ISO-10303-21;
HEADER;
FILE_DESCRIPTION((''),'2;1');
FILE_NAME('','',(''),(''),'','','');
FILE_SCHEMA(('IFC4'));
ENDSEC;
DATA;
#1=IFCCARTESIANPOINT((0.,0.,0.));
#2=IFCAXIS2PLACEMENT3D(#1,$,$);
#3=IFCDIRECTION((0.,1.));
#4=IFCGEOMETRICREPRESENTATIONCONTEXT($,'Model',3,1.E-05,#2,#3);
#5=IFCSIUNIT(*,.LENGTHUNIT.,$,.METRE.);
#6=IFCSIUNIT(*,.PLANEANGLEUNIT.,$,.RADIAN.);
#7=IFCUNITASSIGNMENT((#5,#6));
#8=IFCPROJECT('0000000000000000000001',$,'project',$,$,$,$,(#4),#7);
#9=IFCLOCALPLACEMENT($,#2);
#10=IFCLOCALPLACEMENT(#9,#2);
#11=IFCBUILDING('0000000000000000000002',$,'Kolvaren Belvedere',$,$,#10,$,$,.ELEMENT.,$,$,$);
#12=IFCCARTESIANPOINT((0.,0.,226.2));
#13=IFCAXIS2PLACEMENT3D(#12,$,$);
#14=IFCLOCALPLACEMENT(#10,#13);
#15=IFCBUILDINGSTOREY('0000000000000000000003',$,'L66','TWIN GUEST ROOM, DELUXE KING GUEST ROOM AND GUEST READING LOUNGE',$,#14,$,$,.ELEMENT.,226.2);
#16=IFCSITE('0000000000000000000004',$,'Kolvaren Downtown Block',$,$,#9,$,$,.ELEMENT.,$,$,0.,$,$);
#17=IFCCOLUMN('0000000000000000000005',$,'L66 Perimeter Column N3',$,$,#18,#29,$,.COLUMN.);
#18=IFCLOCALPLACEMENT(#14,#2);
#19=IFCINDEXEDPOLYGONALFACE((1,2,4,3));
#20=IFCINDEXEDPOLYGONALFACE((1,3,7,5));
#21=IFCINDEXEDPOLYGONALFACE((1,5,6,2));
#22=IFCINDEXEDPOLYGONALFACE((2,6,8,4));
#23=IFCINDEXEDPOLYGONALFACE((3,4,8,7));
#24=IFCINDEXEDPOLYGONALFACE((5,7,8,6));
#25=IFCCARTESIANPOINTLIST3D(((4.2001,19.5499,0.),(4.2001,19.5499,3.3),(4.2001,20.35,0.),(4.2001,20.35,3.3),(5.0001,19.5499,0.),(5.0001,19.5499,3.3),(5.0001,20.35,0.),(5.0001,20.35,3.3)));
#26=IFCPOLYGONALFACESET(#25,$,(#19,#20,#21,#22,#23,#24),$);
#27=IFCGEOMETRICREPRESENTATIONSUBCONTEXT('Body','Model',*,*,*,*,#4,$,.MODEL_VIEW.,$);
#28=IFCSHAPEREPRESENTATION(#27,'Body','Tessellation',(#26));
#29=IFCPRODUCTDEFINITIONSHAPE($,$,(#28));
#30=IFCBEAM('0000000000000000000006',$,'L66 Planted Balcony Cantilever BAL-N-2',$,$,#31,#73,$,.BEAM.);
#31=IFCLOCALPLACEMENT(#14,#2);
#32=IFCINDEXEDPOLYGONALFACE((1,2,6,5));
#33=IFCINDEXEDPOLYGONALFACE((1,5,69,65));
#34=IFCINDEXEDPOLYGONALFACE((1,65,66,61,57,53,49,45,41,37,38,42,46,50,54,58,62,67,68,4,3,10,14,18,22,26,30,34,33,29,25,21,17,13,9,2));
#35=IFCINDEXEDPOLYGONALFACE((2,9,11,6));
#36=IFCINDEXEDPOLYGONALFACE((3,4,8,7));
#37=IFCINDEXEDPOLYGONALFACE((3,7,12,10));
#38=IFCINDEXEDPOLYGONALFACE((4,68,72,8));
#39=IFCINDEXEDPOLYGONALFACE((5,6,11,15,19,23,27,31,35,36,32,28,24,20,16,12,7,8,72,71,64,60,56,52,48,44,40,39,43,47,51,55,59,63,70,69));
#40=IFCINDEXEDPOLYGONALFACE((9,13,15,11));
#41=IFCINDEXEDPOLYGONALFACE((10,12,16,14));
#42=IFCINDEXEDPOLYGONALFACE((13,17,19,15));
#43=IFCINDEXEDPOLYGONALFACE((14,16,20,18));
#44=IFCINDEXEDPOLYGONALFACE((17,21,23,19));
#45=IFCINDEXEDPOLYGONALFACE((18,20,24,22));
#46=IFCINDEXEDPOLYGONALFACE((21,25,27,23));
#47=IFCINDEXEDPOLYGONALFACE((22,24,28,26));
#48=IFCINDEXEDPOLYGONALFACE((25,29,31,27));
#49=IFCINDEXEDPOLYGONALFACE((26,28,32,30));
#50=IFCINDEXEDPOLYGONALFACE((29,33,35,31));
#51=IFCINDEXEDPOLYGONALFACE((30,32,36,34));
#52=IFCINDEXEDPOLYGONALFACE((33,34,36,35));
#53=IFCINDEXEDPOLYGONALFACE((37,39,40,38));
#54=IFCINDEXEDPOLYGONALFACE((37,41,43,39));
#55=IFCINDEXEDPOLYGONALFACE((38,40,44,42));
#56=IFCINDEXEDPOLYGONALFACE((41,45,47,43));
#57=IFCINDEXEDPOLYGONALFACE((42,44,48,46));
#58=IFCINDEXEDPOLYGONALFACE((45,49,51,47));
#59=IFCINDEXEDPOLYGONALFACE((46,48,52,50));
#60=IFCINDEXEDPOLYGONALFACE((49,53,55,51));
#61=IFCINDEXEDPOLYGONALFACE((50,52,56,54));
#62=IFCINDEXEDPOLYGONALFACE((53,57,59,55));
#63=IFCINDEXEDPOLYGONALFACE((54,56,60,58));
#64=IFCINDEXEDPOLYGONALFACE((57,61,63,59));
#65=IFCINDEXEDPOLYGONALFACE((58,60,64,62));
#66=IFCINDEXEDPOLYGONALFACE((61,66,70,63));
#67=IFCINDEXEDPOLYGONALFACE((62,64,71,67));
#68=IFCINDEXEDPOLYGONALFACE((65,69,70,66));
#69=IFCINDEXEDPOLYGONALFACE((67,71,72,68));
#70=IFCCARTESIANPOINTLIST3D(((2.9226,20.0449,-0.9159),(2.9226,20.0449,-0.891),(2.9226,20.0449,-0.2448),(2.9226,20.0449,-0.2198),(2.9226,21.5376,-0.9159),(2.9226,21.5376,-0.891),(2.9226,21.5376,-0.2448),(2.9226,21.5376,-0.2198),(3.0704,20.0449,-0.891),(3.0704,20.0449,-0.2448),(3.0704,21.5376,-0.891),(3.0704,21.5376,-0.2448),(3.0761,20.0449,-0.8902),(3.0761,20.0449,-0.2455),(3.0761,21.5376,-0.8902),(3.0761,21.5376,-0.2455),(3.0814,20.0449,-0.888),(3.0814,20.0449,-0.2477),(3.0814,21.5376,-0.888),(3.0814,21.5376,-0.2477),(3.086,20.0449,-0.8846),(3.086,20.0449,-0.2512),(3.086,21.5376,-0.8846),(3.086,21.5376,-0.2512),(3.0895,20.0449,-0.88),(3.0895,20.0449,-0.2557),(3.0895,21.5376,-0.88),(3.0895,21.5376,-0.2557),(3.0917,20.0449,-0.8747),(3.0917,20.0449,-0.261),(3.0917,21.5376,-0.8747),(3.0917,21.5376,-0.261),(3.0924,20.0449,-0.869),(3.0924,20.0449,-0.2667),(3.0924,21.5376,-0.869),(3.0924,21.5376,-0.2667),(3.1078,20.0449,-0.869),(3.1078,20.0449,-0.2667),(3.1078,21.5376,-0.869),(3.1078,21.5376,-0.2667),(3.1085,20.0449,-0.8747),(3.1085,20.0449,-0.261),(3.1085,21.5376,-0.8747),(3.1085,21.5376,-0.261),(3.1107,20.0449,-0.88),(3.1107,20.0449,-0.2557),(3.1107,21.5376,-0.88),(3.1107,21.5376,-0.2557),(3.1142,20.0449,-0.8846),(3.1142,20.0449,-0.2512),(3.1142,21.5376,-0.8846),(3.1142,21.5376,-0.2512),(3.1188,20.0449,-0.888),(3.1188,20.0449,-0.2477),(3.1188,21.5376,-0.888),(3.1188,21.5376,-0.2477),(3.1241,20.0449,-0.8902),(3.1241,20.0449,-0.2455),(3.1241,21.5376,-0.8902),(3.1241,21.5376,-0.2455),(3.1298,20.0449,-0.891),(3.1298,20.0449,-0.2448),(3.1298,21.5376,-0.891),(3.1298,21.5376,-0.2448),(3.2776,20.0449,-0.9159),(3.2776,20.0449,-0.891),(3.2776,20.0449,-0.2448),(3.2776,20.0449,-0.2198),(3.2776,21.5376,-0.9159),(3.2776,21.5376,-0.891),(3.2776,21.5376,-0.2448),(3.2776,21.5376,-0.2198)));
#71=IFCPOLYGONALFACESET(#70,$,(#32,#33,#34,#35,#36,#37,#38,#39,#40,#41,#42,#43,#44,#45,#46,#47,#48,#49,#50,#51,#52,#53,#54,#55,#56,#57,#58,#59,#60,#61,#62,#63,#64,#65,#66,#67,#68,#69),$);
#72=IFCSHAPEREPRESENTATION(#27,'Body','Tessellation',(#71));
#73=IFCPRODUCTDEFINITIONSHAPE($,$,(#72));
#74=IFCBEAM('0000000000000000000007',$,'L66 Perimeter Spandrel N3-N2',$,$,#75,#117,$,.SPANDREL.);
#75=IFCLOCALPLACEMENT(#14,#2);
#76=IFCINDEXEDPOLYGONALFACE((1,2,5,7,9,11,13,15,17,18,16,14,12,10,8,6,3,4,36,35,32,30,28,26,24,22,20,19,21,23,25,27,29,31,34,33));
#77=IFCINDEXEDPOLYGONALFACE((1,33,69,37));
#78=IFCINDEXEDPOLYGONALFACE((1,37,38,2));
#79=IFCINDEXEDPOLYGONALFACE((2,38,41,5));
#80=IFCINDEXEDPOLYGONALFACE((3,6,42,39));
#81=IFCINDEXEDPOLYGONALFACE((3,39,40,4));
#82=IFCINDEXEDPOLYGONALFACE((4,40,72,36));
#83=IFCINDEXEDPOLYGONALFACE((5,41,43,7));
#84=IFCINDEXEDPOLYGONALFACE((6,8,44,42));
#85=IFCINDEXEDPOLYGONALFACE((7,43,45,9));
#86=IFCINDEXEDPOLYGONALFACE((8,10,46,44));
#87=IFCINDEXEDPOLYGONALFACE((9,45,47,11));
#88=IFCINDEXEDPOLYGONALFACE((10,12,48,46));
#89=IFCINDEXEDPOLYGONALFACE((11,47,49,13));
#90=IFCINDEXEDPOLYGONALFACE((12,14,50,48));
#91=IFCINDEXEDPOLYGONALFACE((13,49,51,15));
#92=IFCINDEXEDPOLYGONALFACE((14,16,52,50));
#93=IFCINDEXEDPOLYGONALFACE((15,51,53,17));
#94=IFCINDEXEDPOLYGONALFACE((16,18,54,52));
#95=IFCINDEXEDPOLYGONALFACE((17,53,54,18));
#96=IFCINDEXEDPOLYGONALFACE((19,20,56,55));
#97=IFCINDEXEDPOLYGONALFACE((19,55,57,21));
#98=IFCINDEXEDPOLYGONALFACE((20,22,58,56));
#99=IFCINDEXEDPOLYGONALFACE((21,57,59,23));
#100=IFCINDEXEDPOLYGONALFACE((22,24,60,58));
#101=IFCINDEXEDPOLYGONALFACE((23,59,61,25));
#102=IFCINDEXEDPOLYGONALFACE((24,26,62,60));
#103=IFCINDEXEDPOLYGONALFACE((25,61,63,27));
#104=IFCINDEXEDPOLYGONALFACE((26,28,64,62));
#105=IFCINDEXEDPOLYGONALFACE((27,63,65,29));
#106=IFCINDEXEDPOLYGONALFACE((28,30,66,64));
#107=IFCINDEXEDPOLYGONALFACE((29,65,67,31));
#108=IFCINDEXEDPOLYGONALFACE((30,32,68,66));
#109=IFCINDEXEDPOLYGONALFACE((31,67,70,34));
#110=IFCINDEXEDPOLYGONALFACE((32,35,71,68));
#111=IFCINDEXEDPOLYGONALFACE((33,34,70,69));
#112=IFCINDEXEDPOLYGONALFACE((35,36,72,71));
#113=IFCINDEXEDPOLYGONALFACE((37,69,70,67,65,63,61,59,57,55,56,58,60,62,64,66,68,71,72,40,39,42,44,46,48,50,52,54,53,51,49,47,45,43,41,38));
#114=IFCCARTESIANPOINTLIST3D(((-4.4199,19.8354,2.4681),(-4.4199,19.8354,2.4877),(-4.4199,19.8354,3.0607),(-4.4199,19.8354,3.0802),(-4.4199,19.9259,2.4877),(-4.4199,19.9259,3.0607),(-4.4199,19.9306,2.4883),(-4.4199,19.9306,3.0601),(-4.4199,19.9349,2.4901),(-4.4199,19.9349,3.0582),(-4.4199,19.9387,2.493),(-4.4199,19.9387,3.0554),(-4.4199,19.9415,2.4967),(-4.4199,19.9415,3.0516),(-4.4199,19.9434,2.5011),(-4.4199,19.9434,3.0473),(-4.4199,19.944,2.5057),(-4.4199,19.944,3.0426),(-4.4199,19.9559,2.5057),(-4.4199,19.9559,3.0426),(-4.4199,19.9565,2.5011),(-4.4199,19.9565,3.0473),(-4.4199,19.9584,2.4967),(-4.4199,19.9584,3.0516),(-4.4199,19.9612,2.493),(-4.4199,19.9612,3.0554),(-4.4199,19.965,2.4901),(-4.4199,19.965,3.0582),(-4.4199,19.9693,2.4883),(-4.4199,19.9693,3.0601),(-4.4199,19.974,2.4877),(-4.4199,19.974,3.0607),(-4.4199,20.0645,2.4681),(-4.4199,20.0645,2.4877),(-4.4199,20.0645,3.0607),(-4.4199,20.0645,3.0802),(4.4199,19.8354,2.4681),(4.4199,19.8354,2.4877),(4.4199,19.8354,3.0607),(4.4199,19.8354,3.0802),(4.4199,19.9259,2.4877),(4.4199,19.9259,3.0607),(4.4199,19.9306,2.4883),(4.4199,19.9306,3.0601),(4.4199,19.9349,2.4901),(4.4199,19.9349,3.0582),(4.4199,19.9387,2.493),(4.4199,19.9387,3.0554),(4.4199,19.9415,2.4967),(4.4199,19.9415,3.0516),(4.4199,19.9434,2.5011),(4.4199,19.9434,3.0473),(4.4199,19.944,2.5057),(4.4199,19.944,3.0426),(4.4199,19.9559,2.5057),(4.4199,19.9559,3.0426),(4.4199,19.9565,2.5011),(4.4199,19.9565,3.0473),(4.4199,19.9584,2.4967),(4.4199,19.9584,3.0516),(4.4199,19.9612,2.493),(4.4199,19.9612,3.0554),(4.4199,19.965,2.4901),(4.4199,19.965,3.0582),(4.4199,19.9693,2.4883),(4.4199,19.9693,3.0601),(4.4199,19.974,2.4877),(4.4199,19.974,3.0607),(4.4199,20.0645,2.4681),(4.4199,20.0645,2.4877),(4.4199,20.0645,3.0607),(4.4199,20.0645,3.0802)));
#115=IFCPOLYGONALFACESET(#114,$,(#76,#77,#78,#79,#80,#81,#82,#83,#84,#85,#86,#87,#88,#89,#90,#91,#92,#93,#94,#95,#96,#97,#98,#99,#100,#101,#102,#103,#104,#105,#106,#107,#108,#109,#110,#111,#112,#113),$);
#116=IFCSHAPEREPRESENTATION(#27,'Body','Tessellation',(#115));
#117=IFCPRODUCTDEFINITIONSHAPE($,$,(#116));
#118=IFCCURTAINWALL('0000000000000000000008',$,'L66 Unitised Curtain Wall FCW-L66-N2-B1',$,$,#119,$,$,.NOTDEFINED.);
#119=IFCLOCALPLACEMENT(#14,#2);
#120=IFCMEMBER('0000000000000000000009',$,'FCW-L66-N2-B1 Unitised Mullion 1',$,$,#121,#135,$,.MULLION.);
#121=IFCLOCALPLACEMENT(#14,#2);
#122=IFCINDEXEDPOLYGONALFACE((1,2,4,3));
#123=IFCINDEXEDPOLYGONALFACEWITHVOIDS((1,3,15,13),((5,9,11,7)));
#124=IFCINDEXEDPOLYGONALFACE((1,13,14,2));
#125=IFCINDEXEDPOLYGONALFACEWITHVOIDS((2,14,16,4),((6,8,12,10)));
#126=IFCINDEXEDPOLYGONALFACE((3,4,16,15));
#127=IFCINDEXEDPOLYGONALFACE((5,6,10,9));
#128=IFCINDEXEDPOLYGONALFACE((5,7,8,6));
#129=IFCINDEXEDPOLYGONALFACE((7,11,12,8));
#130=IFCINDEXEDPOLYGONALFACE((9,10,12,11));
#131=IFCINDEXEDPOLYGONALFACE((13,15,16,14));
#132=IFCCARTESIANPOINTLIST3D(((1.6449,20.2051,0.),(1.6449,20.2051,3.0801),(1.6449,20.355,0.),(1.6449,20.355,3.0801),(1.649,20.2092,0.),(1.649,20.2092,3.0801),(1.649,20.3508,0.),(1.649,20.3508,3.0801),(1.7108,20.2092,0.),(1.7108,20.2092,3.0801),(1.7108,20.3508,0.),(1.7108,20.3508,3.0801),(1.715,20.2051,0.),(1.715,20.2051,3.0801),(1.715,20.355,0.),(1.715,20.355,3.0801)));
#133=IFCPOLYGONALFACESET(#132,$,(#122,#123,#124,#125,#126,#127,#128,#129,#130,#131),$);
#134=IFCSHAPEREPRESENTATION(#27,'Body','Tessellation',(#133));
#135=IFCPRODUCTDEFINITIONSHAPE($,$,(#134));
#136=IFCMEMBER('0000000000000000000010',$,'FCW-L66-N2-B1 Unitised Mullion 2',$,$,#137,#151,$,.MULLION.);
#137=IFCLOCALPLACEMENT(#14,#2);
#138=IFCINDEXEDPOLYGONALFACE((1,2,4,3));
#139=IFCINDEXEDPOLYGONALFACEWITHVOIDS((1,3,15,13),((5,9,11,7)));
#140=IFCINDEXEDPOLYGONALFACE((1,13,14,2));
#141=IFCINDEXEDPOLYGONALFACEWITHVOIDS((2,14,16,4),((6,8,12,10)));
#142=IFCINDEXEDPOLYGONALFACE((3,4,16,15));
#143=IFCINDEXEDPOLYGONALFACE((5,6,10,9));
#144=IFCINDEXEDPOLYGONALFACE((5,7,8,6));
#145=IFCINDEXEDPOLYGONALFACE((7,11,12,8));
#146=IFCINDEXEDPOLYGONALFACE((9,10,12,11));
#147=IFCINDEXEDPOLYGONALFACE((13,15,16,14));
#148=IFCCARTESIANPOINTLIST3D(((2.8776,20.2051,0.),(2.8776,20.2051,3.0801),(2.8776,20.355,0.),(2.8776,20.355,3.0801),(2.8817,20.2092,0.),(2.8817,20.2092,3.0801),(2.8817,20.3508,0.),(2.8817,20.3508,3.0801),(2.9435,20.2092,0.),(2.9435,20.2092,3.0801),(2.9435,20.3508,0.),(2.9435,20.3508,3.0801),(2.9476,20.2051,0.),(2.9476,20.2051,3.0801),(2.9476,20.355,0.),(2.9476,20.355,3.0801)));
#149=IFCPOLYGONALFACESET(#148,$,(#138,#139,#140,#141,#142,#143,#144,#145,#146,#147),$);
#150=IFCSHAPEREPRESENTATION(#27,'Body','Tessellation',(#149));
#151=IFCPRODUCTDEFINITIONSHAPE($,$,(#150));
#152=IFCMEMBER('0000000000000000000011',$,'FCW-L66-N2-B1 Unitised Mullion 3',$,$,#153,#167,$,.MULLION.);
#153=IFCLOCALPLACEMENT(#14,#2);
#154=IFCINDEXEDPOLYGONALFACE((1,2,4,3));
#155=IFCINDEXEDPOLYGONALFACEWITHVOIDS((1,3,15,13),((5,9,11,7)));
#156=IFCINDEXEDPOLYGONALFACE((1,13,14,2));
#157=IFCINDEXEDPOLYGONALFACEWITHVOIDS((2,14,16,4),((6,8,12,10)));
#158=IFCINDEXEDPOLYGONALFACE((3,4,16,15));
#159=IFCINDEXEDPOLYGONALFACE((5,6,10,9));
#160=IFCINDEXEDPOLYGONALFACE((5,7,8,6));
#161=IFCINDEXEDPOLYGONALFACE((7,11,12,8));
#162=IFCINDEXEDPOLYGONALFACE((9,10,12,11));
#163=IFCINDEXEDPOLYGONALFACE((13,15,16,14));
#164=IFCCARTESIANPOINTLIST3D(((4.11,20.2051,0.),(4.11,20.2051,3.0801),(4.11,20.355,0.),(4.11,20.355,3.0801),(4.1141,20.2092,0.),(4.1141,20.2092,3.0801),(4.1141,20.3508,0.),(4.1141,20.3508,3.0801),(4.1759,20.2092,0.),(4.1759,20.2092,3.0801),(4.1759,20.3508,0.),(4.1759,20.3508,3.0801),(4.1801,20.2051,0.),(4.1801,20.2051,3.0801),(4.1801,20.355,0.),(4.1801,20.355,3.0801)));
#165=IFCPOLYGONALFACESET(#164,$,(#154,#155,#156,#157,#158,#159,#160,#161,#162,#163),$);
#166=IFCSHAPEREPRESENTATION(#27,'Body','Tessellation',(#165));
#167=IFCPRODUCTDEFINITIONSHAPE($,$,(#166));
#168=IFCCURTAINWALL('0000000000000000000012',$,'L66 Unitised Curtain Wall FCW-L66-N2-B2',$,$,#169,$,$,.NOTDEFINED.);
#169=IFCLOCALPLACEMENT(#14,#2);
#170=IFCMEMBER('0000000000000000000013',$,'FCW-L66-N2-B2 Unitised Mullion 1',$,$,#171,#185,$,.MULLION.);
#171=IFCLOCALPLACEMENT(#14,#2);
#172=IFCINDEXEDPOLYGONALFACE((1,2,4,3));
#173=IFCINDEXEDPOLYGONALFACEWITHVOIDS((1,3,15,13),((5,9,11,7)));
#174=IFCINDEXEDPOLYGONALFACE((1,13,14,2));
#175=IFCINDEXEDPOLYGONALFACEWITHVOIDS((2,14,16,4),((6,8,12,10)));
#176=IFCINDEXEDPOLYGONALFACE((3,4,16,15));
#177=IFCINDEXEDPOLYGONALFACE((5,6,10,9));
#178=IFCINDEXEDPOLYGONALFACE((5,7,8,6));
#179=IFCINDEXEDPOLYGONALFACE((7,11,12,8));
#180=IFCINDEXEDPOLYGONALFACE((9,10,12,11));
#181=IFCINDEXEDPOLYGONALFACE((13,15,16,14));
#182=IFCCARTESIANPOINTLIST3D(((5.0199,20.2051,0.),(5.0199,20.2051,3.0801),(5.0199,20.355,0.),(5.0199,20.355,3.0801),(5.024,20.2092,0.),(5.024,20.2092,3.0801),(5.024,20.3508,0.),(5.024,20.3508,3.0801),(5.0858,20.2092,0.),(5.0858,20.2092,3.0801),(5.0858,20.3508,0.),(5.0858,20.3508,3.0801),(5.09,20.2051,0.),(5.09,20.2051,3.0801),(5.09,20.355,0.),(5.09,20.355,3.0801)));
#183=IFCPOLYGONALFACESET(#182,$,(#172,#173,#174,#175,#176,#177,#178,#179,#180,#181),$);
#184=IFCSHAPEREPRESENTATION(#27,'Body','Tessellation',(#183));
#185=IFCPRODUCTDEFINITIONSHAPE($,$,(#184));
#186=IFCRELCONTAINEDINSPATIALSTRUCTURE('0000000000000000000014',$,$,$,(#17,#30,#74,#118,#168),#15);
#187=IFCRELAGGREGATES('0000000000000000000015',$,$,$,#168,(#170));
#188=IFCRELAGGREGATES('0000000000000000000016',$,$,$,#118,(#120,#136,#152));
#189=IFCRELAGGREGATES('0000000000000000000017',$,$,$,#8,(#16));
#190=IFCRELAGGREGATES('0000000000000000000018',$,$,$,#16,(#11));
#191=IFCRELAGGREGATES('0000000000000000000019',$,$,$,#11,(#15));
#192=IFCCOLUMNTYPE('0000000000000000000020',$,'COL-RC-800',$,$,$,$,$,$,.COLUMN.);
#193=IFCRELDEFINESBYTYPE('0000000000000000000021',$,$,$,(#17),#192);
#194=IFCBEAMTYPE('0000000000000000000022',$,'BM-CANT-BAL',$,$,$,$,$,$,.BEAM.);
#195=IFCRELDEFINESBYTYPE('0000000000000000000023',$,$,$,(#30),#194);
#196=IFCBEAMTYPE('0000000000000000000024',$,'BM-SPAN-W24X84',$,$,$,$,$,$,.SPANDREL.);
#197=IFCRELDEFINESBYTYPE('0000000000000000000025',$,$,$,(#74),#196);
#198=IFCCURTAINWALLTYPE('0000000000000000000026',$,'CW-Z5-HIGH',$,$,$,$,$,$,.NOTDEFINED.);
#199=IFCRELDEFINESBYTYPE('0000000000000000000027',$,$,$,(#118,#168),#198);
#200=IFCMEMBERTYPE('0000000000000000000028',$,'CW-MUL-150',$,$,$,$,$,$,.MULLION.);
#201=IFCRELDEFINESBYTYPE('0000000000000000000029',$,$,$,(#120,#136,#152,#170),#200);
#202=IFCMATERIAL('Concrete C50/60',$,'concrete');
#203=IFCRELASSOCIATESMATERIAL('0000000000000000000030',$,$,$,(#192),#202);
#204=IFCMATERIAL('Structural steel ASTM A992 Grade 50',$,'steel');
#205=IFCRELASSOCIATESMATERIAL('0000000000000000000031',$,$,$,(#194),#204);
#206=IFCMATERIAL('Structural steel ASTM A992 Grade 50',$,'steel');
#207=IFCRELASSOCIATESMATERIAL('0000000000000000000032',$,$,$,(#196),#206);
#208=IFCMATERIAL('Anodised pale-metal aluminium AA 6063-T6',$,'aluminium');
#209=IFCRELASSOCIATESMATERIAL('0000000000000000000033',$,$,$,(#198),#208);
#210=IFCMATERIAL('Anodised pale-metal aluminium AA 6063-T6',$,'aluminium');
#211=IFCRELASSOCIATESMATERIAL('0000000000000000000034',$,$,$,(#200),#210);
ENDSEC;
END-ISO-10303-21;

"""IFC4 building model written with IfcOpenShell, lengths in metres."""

from ifc_helpers import new_model, si_unit, direction, frame, origin, origin_2d, place, context, subcontext, project, spatial, rectangle, hollow_rectangle, i_section, extrude, material, material_profile, profile_set, type_object, element, aggregate, save


model = new_model("IFC4")

# Units and contexts
model_context = context("Model", 3, precision=1e-05, world=origin(), true_north=direction((0.0, 1.0)))
body_context = subcontext(model_context, "Body", "Model", "MODEL_VIEW")
ifc_project = project(units=[si_unit("LENGTHUNIT", "METRE"), si_unit("PLANEANGLEUNIT", "RADIAN")], contexts=[model_context])

# Site, building, storey
site_placement = place(None, origin())
site = spatial("IfcSite", under=ifc_project, at=site_placement, Name="Kolvaren Downtown Block", CompositionType="ELEMENT", RefElevation=0.0)
building_placement = place(site_placement, origin())
building = spatial("IfcBuilding", under=site, at=building_placement, Name="Kolvaren Belvedere", CompositionType="ELEMENT")
storey_placement = place(building_placement, frame((0.0, 0.0, 226.2)))
storey = spatial("IfcBuildingStorey", under=building, at=storey_placement, Name="L66", Description="TWIN GUEST ROOM, DELUXE KING GUEST ROOM AND GUEST READING LOUNGE", CompositionType="ELEMENT", Elevation=226.2)

# Column
ifc_material_1 = material(Name="Concrete C50/60", Category="concrete")
ifc_material_profile_1 = material_profile(ifc_material_1, rectangle(XDim=0.8, YDim=0.8, at=origin_2d()), Name="RC 800X800")
ifc_profile_set_1 = profile_set([ifc_material_profile_1], Name="Concrete C50/60")
column_type = type_object("IfcColumnType", Name="COL-RC-800", PredefinedType="COLUMN", material=ifc_profile_set_1)
column_placement = place(storey_placement, frame((4.6001, 19.95, 0.0), z_axis=(0.0, 0.0, 1.0), x_axis=(1.0, 0.0, 0.0)))
element("IfcColumn", 1, at=column_placement, inside=storey, type_object=column_type, Name="L66 Perimeter Column N3", PredefinedType="COLUMN", context=body_context, shape_type="SweptSolid", body=[
    extrude(rectangle(XDim=0.8, YDim=0.8, at=origin_2d()), origin(), (0.0, 0.0, 1.0), 3.3),
])

# Beams
ifc_material_2 = material(Name="Structural steel ASTM A992 Grade 50", Category="steel")
ifc_material_profile_2 = material_profile(ifc_material_2, i_section(OverallWidth=0.355, OverallDepth=0.696, WebThickness=0.0154, FlangeThickness=0.0249, FilletRadius=0.022, at=origin_2d()), Name="W27X146")
ifc_profile_set_2 = profile_set([ifc_material_profile_2], Name="Structural steel ASTM A992 Grade 50")
beam_type_1 = type_object("IfcBeamType", Name="BM-CANT-BAL", PredefinedType="BEAM", material=ifc_profile_set_2)
beam_1_placement = place(storey_placement, frame((3.1001, 20.0449, -0.5679), z_axis=(0.0, 1.0, 0.0), x_axis=(-1.0, 0.0, 0.0)))
element("IfcBeam", 2, at=beam_1_placement, inside=storey, type_object=beam_type_1, Name="L66 Planted Balcony Cantilever BAL-N-2", PredefinedType="BEAM", context=body_context, shape_type="SweptSolid", body=[
    extrude(i_section(OverallWidth=0.355, OverallDepth=0.696, WebThickness=0.0154, FlangeThickness=0.0249, FilletRadius=0.022, at=origin_2d()), origin(), (0.0, 0.0, 1.0), 1.4927),
])
ifc_material_3 = material(Name="Structural steel ASTM A992 Grade 50", Category="steel")
ifc_material_profile_3 = material_profile(ifc_material_3, i_section(OverallWidth=0.229, OverallDepth=0.6121, WebThickness=0.012, FlangeThickness=0.0195, FilletRadius=0.0181, at=origin_2d()), Name="W24X84")
ifc_profile_set_3 = profile_set([ifc_material_profile_3], Name="Structural steel ASTM A992 Grade 50")
beam_type_2 = type_object("IfcBeamType", Name="BM-SPAN-W24X84", PredefinedType="SPANDREL", material=ifc_profile_set_3)
beam_2_placement = place(storey_placement, frame((4.4199, 19.95, 2.7742), z_axis=(-1.0, 0.0, 0.0), x_axis=(0.0, -1.0, 0.0)))
element("IfcBeam", 3, at=beam_2_placement, inside=storey, type_object=beam_type_2, Name="L66 Perimeter Spandrel N3-N2", PredefinedType="SPANDREL", context=body_context, shape_type="SweptSolid", body=[
    extrude(i_section(OverallWidth=0.229, OverallDepth=0.6121, WebThickness=0.012, FlangeThickness=0.0195, FilletRadius=0.0181, at=origin_2d()), origin(), (0.0, 0.0, 1.0), 8.8398),
])

# Curtain wall, members
ifc_material_4 = material(Name="Anodised pale-metal aluminium AA 6063-T6", Category="aluminium")
curtain_wall_type = type_object("IfcCurtainWallType", Name="CW-Z5-HIGH", PredefinedType="NOTDEFINED", material=ifc_material_4)
curtain_wall_1_placement = place(storey_placement, origin())
curtain_wall_1 = element("IfcCurtainWall", 4, at=curtain_wall_1_placement, inside=storey, type_object=curtain_wall_type, Name="L66 Unitised Curtain Wall FCW-L66-N2-B1", PredefinedType="NOTDEFINED")
ifc_material_5 = material(Name="Anodised pale-metal aluminium AA 6063-T6", Category="aluminium")
ifc_material_profile_4 = material_profile(ifc_material_5, hollow_rectangle(XDim=0.0701, YDim=0.1499, WallThickness=0.0042, at=origin_2d()), Name="ALU-MUL-150X70")
ifc_profile_set_4 = profile_set([ifc_material_profile_4], Name="Anodised pale-metal aluminium AA 6063-T6")
member_type_1 = type_object("IfcMemberType", Name="CW-MUL-150", PredefinedType="MULLION", material=ifc_profile_set_4)
member_1_placement = place(storey_placement, frame((1.6799, 20.28, 0.0), z_axis=(0.0, 0.0, 1.0), x_axis=(1.0, 0.0, 0.0)))
member_1 = element("IfcMember", 5, at=member_1_placement, type_object=member_type_1, Name="FCW-L66-N2-B1 Unitised Mullion 1", PredefinedType="MULLION", context=body_context, shape_type="SweptSolid", body=[
    extrude(hollow_rectangle(XDim=0.0701, YDim=0.1499, WallThickness=0.0042, at=origin_2d()), origin(), (0.0, 0.0, 1.0), 3.0801),
])
member_2_placement = place(storey_placement, frame((2.9126, 20.28, 0.0), z_axis=(0.0, 0.0, 1.0), x_axis=(1.0, 0.0, 0.0)))
member_2 = element("IfcMember", 6, at=member_2_placement, type_object=member_type_1, Name="FCW-L66-N2-B1 Unitised Mullion 2", PredefinedType="MULLION", context=body_context, shape_type="SweptSolid", body=[
    extrude(hollow_rectangle(XDim=0.0701, YDim=0.1499, WallThickness=0.0042, at=origin_2d()), origin(), (0.0, 0.0, 1.0), 3.0801),
])
member_3_placement = place(storey_placement, frame((4.145, 20.28, 0.0), z_axis=(0.0, 0.0, 1.0), x_axis=(1.0, 0.0, 0.0)))
member_3 = element("IfcMember", 7, at=member_3_placement, type_object=member_type_1, Name="FCW-L66-N2-B1 Unitised Mullion 3", PredefinedType="MULLION", context=body_context, shape_type="SweptSolid", body=[
    extrude(hollow_rectangle(XDim=0.0701, YDim=0.1499, WallThickness=0.0042, at=origin_2d()), origin(), (0.0, 0.0, 1.0), 3.0801),
])

# Curtain wall, member
curtain_wall_2_placement = place(storey_placement, origin())
curtain_wall_2 = element("IfcCurtainWall", 8, at=curtain_wall_2_placement, inside=storey, type_object=curtain_wall_type, Name="L66 Unitised Curtain Wall FCW-L66-N2-B2", PredefinedType="NOTDEFINED")
member_4_placement = place(storey_placement, frame((5.0549, 20.28, 0.0), z_axis=(0.0, 0.0, 1.0), x_axis=(1.0, 0.0, 0.0)))
member_4 = element("IfcMember", 9, at=member_4_placement, type_object=member_type_1, Name="FCW-L66-N2-B2 Unitised Mullion 1", PredefinedType="MULLION", context=body_context, shape_type="SweptSolid", body=[
    extrude(hollow_rectangle(XDim=0.0701, YDim=0.1499, WallThickness=0.0042, at=origin_2d()), origin(), (0.0, 0.0, 1.0), 3.0801),
])

aggregate(curtain_wall_2, [member_4])

aggregate(curtain_wall_1, [member_1, member_2, member_3])

save(model, "model.ifc")
